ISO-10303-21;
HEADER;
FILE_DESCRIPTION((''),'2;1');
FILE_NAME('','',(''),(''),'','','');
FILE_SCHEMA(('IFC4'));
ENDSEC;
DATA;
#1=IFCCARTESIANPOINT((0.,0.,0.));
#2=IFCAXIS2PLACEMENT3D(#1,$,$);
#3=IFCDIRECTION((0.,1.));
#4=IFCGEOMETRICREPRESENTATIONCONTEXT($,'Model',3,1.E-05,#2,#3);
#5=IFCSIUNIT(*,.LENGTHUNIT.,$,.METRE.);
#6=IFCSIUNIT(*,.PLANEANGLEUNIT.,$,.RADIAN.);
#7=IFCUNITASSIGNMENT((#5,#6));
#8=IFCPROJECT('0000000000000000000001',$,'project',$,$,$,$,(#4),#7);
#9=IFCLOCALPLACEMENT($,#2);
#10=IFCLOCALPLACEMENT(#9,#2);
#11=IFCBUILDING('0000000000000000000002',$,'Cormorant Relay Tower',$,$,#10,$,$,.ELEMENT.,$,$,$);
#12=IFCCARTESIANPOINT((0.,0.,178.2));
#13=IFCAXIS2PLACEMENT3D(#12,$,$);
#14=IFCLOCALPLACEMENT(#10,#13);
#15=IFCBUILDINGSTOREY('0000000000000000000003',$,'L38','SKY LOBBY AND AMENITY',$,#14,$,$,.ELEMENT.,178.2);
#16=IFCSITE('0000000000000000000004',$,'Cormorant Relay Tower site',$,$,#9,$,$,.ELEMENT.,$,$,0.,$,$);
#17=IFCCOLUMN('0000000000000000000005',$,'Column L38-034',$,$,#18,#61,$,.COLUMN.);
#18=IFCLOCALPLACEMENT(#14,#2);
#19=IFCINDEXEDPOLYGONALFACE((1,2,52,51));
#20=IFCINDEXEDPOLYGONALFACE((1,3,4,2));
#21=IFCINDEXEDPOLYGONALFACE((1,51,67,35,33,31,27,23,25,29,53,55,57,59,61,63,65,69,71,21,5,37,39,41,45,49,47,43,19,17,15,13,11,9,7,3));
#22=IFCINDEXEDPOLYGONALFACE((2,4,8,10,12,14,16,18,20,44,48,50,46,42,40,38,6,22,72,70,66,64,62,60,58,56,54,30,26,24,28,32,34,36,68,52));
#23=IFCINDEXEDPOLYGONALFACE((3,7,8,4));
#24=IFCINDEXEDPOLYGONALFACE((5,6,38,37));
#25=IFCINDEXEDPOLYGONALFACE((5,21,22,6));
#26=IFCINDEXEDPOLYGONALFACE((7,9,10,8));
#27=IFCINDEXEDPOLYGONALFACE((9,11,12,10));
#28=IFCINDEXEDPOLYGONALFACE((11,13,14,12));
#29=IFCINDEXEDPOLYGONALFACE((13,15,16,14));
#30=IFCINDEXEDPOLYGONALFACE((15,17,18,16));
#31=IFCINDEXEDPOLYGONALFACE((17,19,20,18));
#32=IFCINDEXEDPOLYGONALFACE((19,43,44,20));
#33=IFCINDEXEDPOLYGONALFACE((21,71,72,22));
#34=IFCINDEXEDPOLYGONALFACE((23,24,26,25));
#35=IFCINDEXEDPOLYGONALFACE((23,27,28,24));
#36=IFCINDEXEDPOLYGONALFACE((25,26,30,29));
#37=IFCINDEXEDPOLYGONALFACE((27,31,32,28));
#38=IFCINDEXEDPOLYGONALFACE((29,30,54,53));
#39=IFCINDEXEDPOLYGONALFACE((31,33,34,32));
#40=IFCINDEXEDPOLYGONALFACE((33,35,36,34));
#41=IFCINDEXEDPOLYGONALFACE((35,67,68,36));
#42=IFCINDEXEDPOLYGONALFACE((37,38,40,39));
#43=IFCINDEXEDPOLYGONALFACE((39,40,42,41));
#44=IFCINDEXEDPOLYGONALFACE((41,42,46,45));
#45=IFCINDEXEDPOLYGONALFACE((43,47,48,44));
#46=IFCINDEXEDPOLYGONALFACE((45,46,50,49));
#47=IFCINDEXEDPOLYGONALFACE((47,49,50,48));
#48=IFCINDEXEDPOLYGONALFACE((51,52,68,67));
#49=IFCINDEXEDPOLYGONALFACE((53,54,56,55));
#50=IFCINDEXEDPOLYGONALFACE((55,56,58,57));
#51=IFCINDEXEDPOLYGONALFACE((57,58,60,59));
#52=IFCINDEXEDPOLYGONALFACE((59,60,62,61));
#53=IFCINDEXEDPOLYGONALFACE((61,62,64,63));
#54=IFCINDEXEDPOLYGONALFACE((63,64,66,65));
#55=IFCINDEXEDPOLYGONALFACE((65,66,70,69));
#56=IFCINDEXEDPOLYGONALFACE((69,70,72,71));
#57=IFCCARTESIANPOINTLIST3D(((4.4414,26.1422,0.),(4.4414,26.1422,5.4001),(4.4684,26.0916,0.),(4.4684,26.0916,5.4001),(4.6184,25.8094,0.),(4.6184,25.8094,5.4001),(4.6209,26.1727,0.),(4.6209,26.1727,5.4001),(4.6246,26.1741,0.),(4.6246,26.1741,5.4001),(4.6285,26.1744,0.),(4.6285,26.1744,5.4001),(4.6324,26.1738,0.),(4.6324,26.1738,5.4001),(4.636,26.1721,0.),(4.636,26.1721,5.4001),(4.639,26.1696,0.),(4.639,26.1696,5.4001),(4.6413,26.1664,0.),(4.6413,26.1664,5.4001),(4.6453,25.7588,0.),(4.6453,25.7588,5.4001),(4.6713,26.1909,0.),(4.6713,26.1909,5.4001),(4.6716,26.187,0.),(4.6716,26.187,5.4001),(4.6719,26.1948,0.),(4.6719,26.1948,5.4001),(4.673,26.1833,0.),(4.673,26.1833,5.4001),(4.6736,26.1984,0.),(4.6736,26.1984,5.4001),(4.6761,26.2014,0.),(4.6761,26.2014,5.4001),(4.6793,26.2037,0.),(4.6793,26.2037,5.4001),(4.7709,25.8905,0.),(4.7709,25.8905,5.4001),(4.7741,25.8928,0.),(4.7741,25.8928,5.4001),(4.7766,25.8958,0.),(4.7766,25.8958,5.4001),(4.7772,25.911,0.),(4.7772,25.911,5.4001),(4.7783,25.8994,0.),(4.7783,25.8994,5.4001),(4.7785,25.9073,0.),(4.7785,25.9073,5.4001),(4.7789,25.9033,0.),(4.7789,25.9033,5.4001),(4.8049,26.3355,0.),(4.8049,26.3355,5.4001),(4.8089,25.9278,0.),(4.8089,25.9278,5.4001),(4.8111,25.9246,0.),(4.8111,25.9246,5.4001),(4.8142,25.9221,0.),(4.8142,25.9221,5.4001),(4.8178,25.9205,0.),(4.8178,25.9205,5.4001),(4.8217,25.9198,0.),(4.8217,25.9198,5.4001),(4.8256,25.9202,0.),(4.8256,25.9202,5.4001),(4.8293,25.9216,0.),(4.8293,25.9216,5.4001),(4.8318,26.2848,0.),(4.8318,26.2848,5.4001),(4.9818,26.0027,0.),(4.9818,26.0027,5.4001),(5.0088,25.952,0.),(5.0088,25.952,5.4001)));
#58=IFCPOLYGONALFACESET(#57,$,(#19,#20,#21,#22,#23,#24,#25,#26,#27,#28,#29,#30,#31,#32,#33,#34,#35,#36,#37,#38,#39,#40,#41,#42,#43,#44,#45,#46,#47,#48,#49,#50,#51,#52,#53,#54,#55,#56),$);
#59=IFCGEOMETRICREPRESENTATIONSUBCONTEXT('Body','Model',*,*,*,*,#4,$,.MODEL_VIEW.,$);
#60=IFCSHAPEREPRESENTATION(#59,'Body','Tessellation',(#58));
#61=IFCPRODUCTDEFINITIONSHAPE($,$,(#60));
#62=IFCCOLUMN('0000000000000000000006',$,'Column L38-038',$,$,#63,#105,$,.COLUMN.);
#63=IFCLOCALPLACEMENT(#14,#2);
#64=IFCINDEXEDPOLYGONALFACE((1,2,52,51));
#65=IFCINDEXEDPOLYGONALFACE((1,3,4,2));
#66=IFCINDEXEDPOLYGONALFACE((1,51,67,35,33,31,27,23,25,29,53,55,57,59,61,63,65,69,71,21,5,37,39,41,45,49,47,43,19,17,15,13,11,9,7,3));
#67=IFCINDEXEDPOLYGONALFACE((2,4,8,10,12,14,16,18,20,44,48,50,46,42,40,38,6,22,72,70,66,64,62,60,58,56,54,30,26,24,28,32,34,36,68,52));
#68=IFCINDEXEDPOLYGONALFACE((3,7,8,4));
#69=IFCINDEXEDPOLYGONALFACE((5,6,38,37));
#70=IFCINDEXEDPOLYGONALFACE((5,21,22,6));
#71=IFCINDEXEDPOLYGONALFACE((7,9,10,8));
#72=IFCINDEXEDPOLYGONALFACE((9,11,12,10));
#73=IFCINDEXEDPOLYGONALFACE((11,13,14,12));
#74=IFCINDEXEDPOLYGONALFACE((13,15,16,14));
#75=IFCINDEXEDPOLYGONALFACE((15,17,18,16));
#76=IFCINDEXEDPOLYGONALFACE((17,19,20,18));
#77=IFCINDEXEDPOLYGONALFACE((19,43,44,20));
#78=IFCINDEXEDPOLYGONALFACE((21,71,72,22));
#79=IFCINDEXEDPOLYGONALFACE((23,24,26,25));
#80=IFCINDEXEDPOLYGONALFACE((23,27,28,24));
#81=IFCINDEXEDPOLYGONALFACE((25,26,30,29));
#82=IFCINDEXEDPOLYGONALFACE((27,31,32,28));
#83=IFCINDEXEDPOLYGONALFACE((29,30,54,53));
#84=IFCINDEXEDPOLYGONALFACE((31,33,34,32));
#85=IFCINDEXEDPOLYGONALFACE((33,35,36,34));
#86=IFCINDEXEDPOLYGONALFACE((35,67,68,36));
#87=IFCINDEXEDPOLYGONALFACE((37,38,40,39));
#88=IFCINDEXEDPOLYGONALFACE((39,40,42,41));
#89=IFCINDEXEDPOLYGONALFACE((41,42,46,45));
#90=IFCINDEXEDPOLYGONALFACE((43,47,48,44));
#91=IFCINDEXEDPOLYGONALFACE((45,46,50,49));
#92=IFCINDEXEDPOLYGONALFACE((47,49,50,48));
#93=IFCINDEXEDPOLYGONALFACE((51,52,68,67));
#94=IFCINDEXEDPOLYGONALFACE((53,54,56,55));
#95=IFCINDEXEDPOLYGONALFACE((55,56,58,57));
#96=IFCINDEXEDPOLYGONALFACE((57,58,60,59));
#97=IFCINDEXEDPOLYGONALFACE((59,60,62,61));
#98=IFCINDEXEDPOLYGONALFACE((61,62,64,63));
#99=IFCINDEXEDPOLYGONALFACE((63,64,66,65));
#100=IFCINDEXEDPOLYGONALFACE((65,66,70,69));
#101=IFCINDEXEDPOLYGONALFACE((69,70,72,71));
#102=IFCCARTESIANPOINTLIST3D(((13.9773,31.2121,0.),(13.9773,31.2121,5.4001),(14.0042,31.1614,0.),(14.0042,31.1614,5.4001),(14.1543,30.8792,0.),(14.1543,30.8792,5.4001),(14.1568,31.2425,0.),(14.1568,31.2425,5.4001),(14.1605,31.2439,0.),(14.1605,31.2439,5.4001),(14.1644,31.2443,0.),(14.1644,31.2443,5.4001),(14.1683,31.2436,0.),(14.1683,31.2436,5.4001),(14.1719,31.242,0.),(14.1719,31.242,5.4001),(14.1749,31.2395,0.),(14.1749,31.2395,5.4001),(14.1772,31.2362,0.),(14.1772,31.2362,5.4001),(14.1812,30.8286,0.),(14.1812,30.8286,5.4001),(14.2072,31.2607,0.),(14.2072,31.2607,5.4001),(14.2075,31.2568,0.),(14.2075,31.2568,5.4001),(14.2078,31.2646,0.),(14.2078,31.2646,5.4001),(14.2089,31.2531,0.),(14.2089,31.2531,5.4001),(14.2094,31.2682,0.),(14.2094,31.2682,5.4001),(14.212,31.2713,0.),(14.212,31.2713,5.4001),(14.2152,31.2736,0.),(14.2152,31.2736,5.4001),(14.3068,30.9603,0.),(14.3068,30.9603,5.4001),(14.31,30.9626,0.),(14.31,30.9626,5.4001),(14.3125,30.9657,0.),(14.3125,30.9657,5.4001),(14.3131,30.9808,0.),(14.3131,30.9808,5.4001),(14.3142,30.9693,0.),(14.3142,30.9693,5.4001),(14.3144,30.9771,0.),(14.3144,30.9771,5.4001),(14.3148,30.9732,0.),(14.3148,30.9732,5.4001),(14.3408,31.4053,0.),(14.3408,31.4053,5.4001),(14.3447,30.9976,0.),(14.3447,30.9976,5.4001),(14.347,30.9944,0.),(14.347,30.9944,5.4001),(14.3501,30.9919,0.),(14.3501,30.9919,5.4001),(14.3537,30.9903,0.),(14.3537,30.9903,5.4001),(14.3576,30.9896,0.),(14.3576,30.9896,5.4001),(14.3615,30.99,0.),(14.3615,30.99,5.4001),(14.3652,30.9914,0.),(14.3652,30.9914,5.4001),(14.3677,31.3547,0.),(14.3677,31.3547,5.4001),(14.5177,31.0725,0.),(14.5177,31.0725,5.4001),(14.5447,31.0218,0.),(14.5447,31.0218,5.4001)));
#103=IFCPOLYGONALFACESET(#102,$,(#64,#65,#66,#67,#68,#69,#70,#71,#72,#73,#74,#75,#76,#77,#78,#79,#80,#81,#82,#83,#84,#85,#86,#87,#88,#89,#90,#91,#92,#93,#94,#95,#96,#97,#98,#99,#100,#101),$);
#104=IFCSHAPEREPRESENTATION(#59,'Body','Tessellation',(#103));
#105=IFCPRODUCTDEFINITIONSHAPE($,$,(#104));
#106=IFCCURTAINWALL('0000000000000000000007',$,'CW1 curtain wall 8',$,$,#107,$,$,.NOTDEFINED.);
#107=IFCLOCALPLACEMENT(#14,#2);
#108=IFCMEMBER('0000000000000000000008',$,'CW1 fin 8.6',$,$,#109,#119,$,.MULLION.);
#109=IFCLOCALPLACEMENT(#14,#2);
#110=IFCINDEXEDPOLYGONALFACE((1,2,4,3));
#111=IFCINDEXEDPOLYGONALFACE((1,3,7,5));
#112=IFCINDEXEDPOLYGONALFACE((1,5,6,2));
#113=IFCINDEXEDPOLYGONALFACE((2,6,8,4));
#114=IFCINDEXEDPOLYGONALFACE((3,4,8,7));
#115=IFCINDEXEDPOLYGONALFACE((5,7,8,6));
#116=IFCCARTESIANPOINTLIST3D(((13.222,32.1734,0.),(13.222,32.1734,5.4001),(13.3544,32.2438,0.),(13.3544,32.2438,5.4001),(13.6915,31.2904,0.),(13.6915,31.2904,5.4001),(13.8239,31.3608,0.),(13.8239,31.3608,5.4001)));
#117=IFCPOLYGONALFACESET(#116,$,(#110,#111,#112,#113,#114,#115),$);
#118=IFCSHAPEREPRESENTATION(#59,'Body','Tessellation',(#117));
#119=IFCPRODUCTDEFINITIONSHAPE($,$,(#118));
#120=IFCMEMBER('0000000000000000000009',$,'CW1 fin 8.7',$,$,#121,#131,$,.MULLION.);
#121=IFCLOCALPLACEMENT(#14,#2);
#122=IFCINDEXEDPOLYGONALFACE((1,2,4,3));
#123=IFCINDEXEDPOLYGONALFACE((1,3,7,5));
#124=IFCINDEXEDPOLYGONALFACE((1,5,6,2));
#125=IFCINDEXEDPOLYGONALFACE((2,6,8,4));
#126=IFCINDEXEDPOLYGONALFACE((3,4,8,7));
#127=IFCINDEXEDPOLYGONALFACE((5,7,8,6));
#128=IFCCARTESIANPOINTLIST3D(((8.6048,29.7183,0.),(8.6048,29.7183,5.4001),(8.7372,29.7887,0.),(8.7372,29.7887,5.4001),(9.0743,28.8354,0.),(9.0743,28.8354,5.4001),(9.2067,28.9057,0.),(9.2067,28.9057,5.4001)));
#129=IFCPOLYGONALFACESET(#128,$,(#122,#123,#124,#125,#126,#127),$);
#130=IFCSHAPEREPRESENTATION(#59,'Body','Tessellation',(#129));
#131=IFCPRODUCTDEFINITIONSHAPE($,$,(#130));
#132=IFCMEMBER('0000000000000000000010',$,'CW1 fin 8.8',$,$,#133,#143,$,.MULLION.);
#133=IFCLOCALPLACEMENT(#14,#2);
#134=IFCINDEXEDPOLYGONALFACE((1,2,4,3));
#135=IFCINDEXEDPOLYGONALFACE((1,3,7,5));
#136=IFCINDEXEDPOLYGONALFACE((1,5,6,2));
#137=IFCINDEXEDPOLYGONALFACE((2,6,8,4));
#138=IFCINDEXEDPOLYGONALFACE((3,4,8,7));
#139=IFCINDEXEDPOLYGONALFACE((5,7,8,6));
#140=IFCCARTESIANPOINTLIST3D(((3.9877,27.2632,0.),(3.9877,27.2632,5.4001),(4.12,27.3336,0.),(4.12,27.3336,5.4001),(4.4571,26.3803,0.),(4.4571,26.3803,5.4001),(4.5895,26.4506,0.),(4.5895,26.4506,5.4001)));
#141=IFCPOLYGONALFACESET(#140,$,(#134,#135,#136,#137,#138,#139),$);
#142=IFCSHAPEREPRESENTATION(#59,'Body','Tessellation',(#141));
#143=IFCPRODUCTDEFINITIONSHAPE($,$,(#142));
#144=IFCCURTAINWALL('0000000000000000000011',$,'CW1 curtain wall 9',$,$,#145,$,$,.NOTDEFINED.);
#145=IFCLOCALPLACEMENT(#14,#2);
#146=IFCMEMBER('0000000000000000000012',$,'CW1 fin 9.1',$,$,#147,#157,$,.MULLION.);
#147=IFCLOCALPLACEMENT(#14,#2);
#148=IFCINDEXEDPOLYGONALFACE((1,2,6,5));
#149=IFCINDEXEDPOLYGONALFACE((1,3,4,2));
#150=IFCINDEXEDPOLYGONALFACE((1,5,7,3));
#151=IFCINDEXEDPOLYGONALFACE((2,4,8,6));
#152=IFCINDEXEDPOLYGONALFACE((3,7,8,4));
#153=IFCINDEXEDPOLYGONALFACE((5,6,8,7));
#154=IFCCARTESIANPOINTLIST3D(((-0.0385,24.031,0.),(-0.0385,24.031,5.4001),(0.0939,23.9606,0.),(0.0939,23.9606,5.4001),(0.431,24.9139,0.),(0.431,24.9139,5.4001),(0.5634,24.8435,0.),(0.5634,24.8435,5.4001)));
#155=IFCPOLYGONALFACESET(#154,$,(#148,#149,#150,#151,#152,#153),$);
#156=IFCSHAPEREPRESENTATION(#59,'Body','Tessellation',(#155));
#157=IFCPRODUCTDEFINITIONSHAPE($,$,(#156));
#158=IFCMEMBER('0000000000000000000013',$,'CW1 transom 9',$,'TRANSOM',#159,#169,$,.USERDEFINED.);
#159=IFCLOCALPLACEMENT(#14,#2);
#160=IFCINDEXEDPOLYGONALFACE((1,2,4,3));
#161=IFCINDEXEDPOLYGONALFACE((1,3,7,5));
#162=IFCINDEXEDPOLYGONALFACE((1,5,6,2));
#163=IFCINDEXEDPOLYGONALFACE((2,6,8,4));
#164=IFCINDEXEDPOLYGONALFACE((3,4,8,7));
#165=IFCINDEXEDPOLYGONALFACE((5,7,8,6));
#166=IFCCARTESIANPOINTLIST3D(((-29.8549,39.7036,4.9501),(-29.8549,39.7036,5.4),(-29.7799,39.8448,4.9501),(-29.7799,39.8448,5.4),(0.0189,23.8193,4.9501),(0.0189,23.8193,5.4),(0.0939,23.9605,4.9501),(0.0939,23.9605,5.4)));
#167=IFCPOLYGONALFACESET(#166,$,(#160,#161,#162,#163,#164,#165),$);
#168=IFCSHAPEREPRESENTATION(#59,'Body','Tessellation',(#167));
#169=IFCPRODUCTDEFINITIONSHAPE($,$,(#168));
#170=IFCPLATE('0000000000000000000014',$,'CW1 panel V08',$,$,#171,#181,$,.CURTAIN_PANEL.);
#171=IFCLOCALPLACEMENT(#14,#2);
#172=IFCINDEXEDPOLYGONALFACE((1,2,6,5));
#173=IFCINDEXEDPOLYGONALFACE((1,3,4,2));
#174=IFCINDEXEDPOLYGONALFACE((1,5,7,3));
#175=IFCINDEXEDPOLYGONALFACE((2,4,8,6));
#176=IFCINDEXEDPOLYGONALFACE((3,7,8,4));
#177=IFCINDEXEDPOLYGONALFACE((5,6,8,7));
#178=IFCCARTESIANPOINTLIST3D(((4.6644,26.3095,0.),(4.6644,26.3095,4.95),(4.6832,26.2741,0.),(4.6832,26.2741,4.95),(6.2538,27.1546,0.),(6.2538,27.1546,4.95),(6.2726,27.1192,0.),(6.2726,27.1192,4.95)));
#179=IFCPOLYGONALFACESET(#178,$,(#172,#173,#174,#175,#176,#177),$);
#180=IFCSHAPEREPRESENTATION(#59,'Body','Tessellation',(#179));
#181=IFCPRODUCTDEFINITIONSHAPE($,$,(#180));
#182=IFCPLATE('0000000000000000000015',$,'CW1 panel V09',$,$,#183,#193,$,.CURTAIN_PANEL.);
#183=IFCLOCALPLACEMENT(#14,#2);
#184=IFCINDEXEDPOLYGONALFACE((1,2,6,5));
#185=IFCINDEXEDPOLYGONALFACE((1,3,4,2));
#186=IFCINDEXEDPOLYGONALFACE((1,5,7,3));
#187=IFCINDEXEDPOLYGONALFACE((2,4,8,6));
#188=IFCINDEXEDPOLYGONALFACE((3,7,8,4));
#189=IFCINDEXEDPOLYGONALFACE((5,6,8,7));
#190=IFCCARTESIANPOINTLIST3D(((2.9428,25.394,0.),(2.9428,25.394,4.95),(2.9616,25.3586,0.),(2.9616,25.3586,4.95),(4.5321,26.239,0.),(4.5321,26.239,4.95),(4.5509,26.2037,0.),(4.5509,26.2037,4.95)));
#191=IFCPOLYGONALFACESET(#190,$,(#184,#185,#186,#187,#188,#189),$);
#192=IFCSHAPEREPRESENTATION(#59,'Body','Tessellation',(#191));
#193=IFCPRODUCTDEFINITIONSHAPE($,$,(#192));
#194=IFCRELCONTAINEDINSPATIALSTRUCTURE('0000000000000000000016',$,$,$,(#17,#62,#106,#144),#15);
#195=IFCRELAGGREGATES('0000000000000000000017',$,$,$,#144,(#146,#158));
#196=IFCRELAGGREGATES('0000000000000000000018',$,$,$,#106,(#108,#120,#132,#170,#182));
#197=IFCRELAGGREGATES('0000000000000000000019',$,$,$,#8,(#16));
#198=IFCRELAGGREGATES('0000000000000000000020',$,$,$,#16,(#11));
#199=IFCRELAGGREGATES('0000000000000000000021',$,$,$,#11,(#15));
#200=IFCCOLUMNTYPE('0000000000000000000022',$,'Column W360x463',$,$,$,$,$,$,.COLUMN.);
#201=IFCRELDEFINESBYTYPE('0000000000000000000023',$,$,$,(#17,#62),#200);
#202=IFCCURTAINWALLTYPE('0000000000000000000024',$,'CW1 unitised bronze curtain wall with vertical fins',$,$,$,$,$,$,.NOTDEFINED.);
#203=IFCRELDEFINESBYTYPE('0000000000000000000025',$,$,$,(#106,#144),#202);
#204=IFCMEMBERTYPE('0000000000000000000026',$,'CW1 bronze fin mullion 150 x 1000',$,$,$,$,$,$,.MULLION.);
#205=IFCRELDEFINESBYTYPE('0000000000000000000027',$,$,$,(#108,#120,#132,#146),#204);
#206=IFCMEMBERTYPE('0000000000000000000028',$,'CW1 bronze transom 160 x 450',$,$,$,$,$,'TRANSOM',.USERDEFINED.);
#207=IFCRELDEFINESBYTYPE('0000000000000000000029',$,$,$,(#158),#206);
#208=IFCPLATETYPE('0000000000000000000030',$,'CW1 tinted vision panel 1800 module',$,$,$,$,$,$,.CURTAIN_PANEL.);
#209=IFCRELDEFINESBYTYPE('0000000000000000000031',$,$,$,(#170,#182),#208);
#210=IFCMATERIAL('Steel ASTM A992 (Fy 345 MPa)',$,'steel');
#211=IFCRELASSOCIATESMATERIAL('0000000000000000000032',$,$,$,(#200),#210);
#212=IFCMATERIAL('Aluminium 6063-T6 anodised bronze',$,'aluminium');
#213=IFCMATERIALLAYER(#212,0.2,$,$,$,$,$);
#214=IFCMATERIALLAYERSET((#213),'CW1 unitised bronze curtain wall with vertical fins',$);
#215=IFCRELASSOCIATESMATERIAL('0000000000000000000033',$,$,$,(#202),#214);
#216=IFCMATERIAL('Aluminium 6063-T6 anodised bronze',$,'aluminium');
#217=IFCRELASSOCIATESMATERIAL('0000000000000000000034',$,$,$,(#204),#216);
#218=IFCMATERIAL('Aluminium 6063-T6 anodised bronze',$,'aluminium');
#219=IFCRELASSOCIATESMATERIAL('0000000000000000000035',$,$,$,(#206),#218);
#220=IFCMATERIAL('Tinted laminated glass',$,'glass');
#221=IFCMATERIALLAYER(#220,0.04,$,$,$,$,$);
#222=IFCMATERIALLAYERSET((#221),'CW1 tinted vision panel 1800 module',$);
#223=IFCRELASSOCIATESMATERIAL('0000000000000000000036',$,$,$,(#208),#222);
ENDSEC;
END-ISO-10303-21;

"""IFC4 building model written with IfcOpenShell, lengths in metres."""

from ifc_helpers import new_model, si_unit, direction, frame, origin, origin_2d, place, context, subcontext, project, spatial, rectangle, i_section, extrude, material, layer, layer_set, material_profile, profile_set, type_object, element, aggregate, save


model = new_model("IFC4")

# Units and contexts
model_context = context("Model", 3, precision=1e-05, world=origin(), true_north=direction((0.0, 1.0)))
body_context = subcontext(model_context, "Body", "Model", "MODEL_VIEW")
ifc_project = project(units=[si_unit("LENGTHUNIT", "METRE"), si_unit("PLANEANGLEUNIT", "RADIAN")], contexts=[model_context])

# Site, building, storey
site_placement = place(None, origin())
site = spatial("IfcSite", under=ifc_project, at=site_placement, Name="Cormorant Relay Tower site", CompositionType="ELEMENT", RefElevation=0.0)
building_placement = place(site_placement, origin())
building = spatial("IfcBuilding", under=site, at=building_placement, Name="Cormorant Relay Tower", CompositionType="ELEMENT")
storey_placement = place(building_placement, frame((0.0, 0.0, 178.2)))
storey = spatial("IfcBuildingStorey", under=building, at=storey_placement, Name="L38", Description="SKY LOBBY AND AMENITY", CompositionType="ELEMENT", Elevation=178.2)

# Columns
ifc_material_1 = material(Name="Steel ASTM A992 (Fy 345 MPa)", Category="steel")
ifc_material_profile_1 = material_profile(ifc_material_1, i_section(OverallWidth=0.4116, OverallDepth=0.4343, WebThickness=0.0359, FlangeThickness=0.0574, FilletRadius=0.0151, at=origin_2d()), Name="W360x463")
ifc_profile_set_1 = profile_set([ifc_material_profile_1], Name="Steel ASTM A992 (Fy 345 MPa)")
column_type = type_object("IfcColumnType", Name="Column W360x463", PredefinedType="COLUMN", material=ifc_profile_set_1)
for number, where, z_axis, x_axis, name in (
    (1, (4.7251, 26.0471, 0.0), (0.0, 0.0, 1.0), (-0.882948, -0.469472, 0.0), "Column L38-034"),
    (2, (14.261, 31.1169, 0.0), (0.0, 0.0, 1.0), (-0.882948, -0.469472, 0.0), "Column L38-038"),
):
    element("IfcColumn", number, at=place(storey_placement, frame(where, z_axis=z_axis, x_axis=x_axis)), inside=storey, type_object=column_type, Name=name, PredefinedType="COLUMN", context=body_context, shape_type="SweptSolid", body=[
        extrude(i_section(OverallWidth=0.4116, OverallDepth=0.4343, WebThickness=0.0359, FlangeThickness=0.0574, FilletRadius=0.0151, at=origin_2d()), origin(), (0.0, 0.0, 1.0), 5.4001),
    ])

# Curtain walls, members
ifc_material_2 = material(Name="Aluminium 6063-T6 anodised bronze", Category="aluminium")
ifc_layer_1 = layer(ifc_material_2, 0.2)
ifc_layer_set_1 = layer_set([ifc_layer_1], Name="CW1 unitised bronze curtain wall with vertical fins")
curtain_wall_type = type_object("IfcCurtainWallType", Name="CW1 unitised bronze curtain wall with vertical fins", PredefinedType="NOTDEFINED", material=ifc_layer_set_1)
curtain_wall_1_placement = place(storey_placement, origin())
curtain_wall_1 = element("IfcCurtainWall", 3, at=curtain_wall_1_placement, inside=storey, type_object=curtain_wall_type, Name="CW1 curtain wall 8", PredefinedType="NOTDEFINED")
ifc_material_3 = material(Name="Aluminium 6063-T6 anodised bronze", Category="aluminium")
ifc_material_profile_2 = material_profile(ifc_material_3, rectangle(XDim=0.1499, YDim=1.0, at=origin_2d()), Name="AL 150x1000")
ifc_profile_set_2 = profile_set([ifc_material_profile_2], Name="Aluminium 6063-T6 anodised bronze")
member_type_1 = type_object("IfcMemberType", Name="CW1 bronze fin mullion 150 x 1000", PredefinedType="MULLION", material=ifc_profile_set_2)
member_1_placement = place(storey_placement, frame((13.5229, 31.7671, 0.0), z_axis=(0.0, 0.0, 1.0), x_axis=(-0.882948, -0.469472, 0.0)))
member_1 = element("IfcMember", 4, at=member_1_placement, type_object=member_type_1, Name="CW1 fin 8.6", PredefinedType="MULLION", context=body_context, shape_type="SweptSolid", body=[
    extrude(rectangle(XDim=0.1499, YDim=1.0, at=origin_2d()), origin(), (0.0, 0.0, 1.0), 5.4001),
])
member_2_placement = place(storey_placement, frame((8.9058, 29.312, 0.0), z_axis=(0.0, 0.0, 1.0), x_axis=(-0.882948, -0.469472, 0.0)))
member_2 = element("IfcMember", 5, at=member_2_placement, type_object=member_type_1, Name="CW1 fin 8.7", PredefinedType="MULLION", context=body_context, shape_type="SweptSolid", body=[
    extrude(rectangle(XDim=0.1499, YDim=1.0, at=origin_2d()), origin(), (0.0, 0.0, 1.0), 5.4001),
])
member_3_placement = place(storey_placement, frame((4.2886, 26.8569, 0.0), z_axis=(0.0, 0.0, 1.0), x_axis=(-0.882948, -0.469472, 0.0)))
member_3 = element("IfcMember", 6, at=member_3_placement, type_object=member_type_1, Name="CW1 fin 8.8", PredefinedType="MULLION", context=body_context, shape_type="SweptSolid", body=[
    extrude(rectangle(XDim=0.1499, YDim=1.0, at=origin_2d()), origin(), (0.0, 0.0, 1.0), 5.4001),
])
curtain_wall_2_placement = place(storey_placement, origin())
curtain_wall_2 = element("IfcCurtainWall", 7, at=curtain_wall_2_placement, inside=storey, type_object=curtain_wall_type, Name="CW1 curtain wall 9", PredefinedType="NOTDEFINED")
member_4_placement = place(storey_placement, frame((0.2625, 24.4373, 0.0), z_axis=(0.0, 0.0, 1.0), x_axis=(-0.882948, 0.469472, 0.0)))
member_4 = element("IfcMember", 8, at=member_4_placement, type_object=member_type_1, Name="CW1 fin 9.1", PredefinedType="MULLION", context=body_context, shape_type="SweptSolid", body=[
    extrude(rectangle(XDim=0.1499, YDim=1.0, at=origin_2d()), origin(), (0.0, 0.0, 1.0), 5.4001),
])
ifc_material_4 = material(Name="Aluminium 6063-T6 anodised bronze", Category="aluminium")
ifc_material_profile_3 = material_profile(ifc_material_4, rectangle(XDim=0.1599, YDim=0.45, at=origin_2d()), Name="AL 160x450")
ifc_profile_set_3 = profile_set([ifc_material_profile_3], Name="Aluminium 6063-T6 anodised bronze")
member_type_2 = type_object("IfcMemberType", Name="CW1 bronze transom 160 x 450", ElementType="TRANSOM", PredefinedType="USERDEFINED", material=ifc_profile_set_3)
member_5_placement = place(storey_placement, frame((0.0564, 23.8899, 5.175), z_axis=(-0.882946, 0.469474, 0.0), x_axis=(-0.469474, -0.882946, 0.0)))
member_5 = element("IfcMember", 9, at=member_5_placement, type_object=member_type_2, Name="CW1 transom 9", ObjectType="TRANSOM", PredefinedType="USERDEFINED", context=body_context, shape_type="SweptSolid", body=[
    extrude(rectangle(XDim=0.1599, YDim=0.45, at=origin_2d()), origin(), (0.0, 0.0, 1.0), 33.8342),
])
aggregate(curtain_wall_2, [member_4, member_5])

# Plates
ifc_material_5 = material(Name="Tinted laminated glass", Category="glass")
ifc_layer_2 = layer(ifc_material_5, 0.04)
ifc_layer_set_2 = layer_set([ifc_layer_2], Name="CW1 tinted vision panel 1800 module")
plate_type = type_object("IfcPlateType", Name="CW1 tinted vision panel 1800 module", PredefinedType="CURTAIN_PANEL", material=ifc_layer_set_2)
plate_1_placement = place(storey_placement, frame((5.4685, 26.7144, 0.0), z_axis=(0.0, 0.0, 1.0), x_axis=(-0.882948, -0.469472, 0.0)))
plate_1 = element("IfcPlate", 10, at=plate_1_placement, type_object=plate_type, Name="CW1 panel V08", PredefinedType="CURTAIN_PANEL", context=body_context, shape_type="SweptSolid", body=[
    extrude(rectangle(XDim=1.8, YDim=0.04, at=origin_2d()), origin(), (0.0, 0.0, 1.0), 4.95),
])
plate_2_placement = place(storey_placement, frame((3.7468, 25.7988, 0.0), z_axis=(0.0, 0.0, 1.0), x_axis=(-0.882948, -0.469472, 0.0)))
plate_2 = element("IfcPlate", 11, at=plate_2_placement, type_object=plate_type, Name="CW1 panel V09", PredefinedType="CURTAIN_PANEL", context=body_context, shape_type="SweptSolid", body=[
    extrude(rectangle(XDim=1.8, YDim=0.04, at=origin_2d()), origin(), (0.0, 0.0, 1.0), 4.95),
])

aggregate(curtain_wall_1, [member_1, member_2, member_3, plate_1, plate_2])

save(model, "model.ifc")
